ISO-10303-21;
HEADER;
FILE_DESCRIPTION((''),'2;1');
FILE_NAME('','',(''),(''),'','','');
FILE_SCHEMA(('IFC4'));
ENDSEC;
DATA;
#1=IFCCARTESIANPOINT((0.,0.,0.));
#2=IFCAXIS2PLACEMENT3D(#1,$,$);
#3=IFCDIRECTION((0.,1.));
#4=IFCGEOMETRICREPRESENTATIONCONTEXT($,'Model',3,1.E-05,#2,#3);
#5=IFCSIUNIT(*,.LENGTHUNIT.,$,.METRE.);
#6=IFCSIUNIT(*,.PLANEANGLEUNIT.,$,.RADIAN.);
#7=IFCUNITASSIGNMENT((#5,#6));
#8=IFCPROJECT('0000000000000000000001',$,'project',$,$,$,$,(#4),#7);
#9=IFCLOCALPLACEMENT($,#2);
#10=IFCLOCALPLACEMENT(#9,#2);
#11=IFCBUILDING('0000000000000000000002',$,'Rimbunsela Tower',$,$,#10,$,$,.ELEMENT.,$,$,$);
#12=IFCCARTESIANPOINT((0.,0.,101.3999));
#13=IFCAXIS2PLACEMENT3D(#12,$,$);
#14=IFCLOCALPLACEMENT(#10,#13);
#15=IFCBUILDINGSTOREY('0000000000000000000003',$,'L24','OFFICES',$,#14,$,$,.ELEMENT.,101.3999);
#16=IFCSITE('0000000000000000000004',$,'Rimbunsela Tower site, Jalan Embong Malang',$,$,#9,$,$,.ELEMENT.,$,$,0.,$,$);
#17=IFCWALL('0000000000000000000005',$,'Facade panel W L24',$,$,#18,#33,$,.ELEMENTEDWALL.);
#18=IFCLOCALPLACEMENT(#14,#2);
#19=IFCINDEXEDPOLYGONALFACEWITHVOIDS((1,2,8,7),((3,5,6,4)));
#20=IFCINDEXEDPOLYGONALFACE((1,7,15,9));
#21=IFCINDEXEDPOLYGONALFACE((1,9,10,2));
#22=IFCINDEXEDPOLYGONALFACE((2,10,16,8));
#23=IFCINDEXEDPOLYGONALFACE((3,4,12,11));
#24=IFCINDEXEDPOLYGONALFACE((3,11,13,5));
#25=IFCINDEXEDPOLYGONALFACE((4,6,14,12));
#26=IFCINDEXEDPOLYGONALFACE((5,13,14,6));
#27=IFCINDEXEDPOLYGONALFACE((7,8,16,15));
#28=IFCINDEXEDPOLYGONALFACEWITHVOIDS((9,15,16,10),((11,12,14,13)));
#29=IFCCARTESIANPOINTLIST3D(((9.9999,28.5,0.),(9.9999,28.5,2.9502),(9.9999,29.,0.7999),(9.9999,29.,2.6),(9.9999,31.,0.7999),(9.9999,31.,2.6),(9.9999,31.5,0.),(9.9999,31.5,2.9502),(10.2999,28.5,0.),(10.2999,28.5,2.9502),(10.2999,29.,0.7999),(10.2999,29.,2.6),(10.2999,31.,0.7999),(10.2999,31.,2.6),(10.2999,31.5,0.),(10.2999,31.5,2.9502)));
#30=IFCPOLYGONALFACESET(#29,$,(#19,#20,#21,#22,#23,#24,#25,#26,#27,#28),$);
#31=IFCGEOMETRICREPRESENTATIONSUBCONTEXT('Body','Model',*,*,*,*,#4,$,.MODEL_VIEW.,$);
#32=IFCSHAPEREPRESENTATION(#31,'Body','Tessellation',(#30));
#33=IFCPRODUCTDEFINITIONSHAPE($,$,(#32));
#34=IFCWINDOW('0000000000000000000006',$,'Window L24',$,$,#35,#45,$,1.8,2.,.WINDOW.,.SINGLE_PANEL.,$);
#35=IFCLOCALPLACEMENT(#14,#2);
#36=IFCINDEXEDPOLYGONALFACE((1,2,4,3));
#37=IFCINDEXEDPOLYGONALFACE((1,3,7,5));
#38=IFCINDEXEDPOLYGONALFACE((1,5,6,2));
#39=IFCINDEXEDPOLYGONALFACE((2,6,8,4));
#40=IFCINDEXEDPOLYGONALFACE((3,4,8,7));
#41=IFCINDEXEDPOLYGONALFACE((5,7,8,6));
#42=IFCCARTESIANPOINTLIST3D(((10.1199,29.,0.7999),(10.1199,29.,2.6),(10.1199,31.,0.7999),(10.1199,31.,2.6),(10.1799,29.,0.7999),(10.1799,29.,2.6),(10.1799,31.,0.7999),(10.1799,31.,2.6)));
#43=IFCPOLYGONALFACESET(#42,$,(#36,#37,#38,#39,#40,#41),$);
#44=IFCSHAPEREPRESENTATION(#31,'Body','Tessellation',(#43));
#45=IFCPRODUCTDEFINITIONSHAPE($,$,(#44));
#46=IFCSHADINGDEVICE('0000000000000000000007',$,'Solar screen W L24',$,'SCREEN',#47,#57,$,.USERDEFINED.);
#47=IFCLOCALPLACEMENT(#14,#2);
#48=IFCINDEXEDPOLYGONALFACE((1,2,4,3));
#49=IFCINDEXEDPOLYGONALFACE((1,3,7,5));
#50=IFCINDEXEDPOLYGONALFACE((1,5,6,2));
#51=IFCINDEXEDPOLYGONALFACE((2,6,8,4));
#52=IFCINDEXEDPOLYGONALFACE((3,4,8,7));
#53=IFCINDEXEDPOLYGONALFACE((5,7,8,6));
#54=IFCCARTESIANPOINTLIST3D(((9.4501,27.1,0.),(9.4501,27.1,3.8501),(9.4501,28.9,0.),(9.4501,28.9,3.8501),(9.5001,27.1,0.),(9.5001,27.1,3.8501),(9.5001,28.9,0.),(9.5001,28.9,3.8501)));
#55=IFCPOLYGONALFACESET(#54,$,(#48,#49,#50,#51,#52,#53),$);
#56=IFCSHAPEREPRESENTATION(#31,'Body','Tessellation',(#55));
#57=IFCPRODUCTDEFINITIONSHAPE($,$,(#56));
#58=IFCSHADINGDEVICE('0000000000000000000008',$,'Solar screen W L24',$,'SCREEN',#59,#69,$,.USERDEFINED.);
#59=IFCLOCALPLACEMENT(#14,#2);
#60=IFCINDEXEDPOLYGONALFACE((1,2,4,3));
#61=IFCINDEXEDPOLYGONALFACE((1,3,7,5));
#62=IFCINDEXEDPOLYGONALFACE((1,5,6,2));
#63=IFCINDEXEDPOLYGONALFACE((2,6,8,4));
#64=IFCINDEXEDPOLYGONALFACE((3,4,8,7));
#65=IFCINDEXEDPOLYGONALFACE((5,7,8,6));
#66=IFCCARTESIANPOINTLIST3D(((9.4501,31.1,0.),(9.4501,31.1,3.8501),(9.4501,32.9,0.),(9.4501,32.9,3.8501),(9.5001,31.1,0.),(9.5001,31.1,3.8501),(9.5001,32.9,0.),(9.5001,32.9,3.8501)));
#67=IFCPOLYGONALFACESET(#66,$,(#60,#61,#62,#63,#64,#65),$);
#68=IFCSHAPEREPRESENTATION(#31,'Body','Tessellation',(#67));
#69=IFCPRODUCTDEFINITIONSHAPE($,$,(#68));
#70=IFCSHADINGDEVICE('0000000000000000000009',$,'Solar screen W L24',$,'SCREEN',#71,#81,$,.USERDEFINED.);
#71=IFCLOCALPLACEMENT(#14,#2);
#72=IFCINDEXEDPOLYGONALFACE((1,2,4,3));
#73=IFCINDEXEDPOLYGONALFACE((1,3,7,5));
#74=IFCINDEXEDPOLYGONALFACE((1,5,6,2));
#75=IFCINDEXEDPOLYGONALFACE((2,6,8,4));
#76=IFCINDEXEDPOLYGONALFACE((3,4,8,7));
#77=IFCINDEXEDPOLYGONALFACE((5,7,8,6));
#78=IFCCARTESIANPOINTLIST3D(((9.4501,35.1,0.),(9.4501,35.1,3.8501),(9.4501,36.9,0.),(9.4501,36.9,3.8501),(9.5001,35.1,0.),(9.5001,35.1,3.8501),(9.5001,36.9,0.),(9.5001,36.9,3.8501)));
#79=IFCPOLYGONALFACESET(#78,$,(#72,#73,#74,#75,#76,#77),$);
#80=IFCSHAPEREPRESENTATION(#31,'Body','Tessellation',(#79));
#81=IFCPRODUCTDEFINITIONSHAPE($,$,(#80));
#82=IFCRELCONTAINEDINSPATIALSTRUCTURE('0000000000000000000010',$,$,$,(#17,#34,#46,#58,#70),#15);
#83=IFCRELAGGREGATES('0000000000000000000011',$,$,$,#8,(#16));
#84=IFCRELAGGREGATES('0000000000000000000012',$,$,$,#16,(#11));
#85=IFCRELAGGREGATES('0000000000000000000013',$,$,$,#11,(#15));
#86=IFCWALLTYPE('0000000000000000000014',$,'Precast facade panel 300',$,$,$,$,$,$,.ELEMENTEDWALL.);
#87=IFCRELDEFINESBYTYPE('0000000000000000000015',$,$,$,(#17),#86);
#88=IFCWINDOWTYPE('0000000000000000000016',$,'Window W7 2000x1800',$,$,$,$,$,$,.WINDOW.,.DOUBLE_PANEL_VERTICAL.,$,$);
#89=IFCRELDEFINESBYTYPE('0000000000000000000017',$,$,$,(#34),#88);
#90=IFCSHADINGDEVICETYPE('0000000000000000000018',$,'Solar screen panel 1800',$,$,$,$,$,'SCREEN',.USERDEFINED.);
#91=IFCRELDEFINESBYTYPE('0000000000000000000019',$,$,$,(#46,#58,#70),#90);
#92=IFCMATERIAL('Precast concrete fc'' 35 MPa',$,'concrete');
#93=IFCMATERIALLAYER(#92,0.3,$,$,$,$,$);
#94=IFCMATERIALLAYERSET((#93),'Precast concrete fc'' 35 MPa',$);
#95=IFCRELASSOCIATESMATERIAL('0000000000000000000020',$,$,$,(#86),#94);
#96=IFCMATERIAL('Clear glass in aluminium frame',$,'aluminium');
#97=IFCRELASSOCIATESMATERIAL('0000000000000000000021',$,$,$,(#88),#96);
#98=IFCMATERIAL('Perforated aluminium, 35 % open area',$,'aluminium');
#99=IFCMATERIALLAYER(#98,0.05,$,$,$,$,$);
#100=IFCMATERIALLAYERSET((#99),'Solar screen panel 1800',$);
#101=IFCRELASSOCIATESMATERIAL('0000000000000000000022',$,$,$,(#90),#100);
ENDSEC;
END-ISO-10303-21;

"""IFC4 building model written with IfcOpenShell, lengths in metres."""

from ifc_helpers import new_model, si_unit, direction, frame, frame_2d, origin, origin_2d, place, context, subcontext, project, spatial, rectangle, extrude, material, layer, layer_set, type_object, element, fill, save


model = new_model("IFC4")

# Units and contexts
model_context = context("Model", 3, precision=1e-05, world=origin(), true_north=direction((0.0, 1.0)))
body_context = subcontext(model_context, "Body", "Model", "MODEL_VIEW")
ifc_project = project(units=[si_unit("LENGTHUNIT", "METRE"), si_unit("PLANEANGLEUNIT", "RADIAN")], contexts=[model_context])

# Site, building, storey
site_placement = place(None, origin())
site = spatial("IfcSite", under=ifc_project, at=site_placement, Name="Rimbunsela Tower site, Jalan Embong Malang", CompositionType="ELEMENT", RefElevation=0.0)
building_placement = place(site_placement, origin())
building = spatial("IfcBuilding", under=site, at=building_placement, Name="Rimbunsela Tower", CompositionType="ELEMENT")
storey_placement = place(building_placement, frame((0.0, 0.0, 101.3999)))
storey = spatial("IfcBuildingStorey", under=building, at=storey_placement, Name="L24", Description="OFFICES", CompositionType="ELEMENT", Elevation=101.3999)

# Wall, opening, window
ifc_material_1 = material(Name="Precast concrete fc' 35 MPa", Category="concrete")
ifc_layer_1 = layer(ifc_material_1, 0.3)
ifc_layer_set_1 = layer_set([ifc_layer_1], Name="Precast concrete fc' 35 MPa")
wall_type = type_object("IfcWallType", Name="Precast facade panel 300", PredefinedType="ELEMENTEDWALL", material=ifc_layer_set_1)
ifc_material_2 = material(Name="Clear glass in aluminium frame", Category="aluminium")
window_type = type_object("IfcWindowType", Name="Window W7 2000x1800", PartitioningType="DOUBLE_PANEL_VERTICAL", PredefinedType="WINDOW", material=ifc_material_2)
wall_1_placement = place(storey_placement, frame((10.1499, 31.5, 0.0), z_axis=(0.0, 0.0, 1.0), x_axis=(0.0, -1.0, 0.0)))
wall_1 = element("IfcWall", 1, at=wall_1_placement, inside=storey, type_object=wall_type, Name="Facade panel W L24", PredefinedType="ELEMENTEDWALL", context=body_context, shape_type="SweptSolid", body=[
    extrude(rectangle(XDim=3.0, YDim=0.3, at=frame_2d((1.5, 0.0))), origin(), (0.0, 0.0, 1.0), 2.9502),
])
opening_1_placement = place(wall_1_placement, frame((0.5, 0.0, 0.8)))
opening_1 = element("IfcOpeningElement", 2, at=opening_1_placement, cuts=wall_1, PredefinedType="OPENING", context=body_context, shape_type="SweptSolid", body=[
    extrude(rectangle(XDim=2.0, YDim=1.8, at=frame_2d((1.0, 0.8999))), frame((0.0, 0.1599, 0.0), z_axis=(0.0, -1.0, 0.0), x_axis=(1.0, 0.0, 0.0)), (0.0, 0.0, 1.0), 0.3201),
])
window_1_placement = place(opening_1_placement, origin())
window_1 = element("IfcWindow", 3, at=window_1_placement, inside=storey, type_object=window_type, Name="Window L24", OverallHeight=1.8, OverallWidth=2.0, PartitioningType="SINGLE_PANEL", PredefinedType="WINDOW", context=body_context, shape_type="SweptSolid", body=[
    extrude(rectangle(XDim=2.0, YDim=1.8, at=frame_2d((1.0, 0.8999))), frame((0.0, 0.03, 0.0), z_axis=(0.0, -1.0, 0.0), x_axis=(1.0, 0.0, 0.0)), (0.0, 0.0, 1.0), 0.0601),
])
fill(opening_1, window_1)

# Shading devices
ifc_material_3 = material(Name="Perforated aluminium, 35 % open area", Category="aluminium")
ifc_layer_2 = layer(ifc_material_3, 0.05)
ifc_layer_set_2 = layer_set([ifc_layer_2], Name="Solar screen panel 1800")
shading_device_type = type_object("IfcShadingDeviceType", Name="Solar screen panel 1800", ElementType="SCREEN", PredefinedType="USERDEFINED", material=ifc_layer_set_2)
for number, where, z_axis, x_axis, name in (
    (4, (9.4751, 28.0, 0.0), (0.0, 0.0, 1.0), (0.0, 1.0, 0.0), "Solar screen W L24"),
    (5, (9.4751, 32.0, 0.0), (0.0, 0.0, 1.0), (0.0, 1.0, 0.0), "Solar screen W L24"),
    (6, (9.4751, 36.0, 0.0), (0.0, 0.0, 1.0), (0.0, 1.0, 0.0), "Solar screen W L24"),
):
    element("IfcShadingDevice", number, at=place(storey_placement, frame(where, z_axis=z_axis, x_axis=x_axis)), inside=storey, type_object=shading_device_type, Name=name, ObjectType="SCREEN", PredefinedType="USERDEFINED", context=body_context, shape_type="SweptSolid", body=[
        extrude(rectangle(XDim=1.8, YDim=0.05, at=origin_2d()), origin(), (0.0, 0.0, 1.0), 3.8501),
    ])

save(model, "model.ifc")
